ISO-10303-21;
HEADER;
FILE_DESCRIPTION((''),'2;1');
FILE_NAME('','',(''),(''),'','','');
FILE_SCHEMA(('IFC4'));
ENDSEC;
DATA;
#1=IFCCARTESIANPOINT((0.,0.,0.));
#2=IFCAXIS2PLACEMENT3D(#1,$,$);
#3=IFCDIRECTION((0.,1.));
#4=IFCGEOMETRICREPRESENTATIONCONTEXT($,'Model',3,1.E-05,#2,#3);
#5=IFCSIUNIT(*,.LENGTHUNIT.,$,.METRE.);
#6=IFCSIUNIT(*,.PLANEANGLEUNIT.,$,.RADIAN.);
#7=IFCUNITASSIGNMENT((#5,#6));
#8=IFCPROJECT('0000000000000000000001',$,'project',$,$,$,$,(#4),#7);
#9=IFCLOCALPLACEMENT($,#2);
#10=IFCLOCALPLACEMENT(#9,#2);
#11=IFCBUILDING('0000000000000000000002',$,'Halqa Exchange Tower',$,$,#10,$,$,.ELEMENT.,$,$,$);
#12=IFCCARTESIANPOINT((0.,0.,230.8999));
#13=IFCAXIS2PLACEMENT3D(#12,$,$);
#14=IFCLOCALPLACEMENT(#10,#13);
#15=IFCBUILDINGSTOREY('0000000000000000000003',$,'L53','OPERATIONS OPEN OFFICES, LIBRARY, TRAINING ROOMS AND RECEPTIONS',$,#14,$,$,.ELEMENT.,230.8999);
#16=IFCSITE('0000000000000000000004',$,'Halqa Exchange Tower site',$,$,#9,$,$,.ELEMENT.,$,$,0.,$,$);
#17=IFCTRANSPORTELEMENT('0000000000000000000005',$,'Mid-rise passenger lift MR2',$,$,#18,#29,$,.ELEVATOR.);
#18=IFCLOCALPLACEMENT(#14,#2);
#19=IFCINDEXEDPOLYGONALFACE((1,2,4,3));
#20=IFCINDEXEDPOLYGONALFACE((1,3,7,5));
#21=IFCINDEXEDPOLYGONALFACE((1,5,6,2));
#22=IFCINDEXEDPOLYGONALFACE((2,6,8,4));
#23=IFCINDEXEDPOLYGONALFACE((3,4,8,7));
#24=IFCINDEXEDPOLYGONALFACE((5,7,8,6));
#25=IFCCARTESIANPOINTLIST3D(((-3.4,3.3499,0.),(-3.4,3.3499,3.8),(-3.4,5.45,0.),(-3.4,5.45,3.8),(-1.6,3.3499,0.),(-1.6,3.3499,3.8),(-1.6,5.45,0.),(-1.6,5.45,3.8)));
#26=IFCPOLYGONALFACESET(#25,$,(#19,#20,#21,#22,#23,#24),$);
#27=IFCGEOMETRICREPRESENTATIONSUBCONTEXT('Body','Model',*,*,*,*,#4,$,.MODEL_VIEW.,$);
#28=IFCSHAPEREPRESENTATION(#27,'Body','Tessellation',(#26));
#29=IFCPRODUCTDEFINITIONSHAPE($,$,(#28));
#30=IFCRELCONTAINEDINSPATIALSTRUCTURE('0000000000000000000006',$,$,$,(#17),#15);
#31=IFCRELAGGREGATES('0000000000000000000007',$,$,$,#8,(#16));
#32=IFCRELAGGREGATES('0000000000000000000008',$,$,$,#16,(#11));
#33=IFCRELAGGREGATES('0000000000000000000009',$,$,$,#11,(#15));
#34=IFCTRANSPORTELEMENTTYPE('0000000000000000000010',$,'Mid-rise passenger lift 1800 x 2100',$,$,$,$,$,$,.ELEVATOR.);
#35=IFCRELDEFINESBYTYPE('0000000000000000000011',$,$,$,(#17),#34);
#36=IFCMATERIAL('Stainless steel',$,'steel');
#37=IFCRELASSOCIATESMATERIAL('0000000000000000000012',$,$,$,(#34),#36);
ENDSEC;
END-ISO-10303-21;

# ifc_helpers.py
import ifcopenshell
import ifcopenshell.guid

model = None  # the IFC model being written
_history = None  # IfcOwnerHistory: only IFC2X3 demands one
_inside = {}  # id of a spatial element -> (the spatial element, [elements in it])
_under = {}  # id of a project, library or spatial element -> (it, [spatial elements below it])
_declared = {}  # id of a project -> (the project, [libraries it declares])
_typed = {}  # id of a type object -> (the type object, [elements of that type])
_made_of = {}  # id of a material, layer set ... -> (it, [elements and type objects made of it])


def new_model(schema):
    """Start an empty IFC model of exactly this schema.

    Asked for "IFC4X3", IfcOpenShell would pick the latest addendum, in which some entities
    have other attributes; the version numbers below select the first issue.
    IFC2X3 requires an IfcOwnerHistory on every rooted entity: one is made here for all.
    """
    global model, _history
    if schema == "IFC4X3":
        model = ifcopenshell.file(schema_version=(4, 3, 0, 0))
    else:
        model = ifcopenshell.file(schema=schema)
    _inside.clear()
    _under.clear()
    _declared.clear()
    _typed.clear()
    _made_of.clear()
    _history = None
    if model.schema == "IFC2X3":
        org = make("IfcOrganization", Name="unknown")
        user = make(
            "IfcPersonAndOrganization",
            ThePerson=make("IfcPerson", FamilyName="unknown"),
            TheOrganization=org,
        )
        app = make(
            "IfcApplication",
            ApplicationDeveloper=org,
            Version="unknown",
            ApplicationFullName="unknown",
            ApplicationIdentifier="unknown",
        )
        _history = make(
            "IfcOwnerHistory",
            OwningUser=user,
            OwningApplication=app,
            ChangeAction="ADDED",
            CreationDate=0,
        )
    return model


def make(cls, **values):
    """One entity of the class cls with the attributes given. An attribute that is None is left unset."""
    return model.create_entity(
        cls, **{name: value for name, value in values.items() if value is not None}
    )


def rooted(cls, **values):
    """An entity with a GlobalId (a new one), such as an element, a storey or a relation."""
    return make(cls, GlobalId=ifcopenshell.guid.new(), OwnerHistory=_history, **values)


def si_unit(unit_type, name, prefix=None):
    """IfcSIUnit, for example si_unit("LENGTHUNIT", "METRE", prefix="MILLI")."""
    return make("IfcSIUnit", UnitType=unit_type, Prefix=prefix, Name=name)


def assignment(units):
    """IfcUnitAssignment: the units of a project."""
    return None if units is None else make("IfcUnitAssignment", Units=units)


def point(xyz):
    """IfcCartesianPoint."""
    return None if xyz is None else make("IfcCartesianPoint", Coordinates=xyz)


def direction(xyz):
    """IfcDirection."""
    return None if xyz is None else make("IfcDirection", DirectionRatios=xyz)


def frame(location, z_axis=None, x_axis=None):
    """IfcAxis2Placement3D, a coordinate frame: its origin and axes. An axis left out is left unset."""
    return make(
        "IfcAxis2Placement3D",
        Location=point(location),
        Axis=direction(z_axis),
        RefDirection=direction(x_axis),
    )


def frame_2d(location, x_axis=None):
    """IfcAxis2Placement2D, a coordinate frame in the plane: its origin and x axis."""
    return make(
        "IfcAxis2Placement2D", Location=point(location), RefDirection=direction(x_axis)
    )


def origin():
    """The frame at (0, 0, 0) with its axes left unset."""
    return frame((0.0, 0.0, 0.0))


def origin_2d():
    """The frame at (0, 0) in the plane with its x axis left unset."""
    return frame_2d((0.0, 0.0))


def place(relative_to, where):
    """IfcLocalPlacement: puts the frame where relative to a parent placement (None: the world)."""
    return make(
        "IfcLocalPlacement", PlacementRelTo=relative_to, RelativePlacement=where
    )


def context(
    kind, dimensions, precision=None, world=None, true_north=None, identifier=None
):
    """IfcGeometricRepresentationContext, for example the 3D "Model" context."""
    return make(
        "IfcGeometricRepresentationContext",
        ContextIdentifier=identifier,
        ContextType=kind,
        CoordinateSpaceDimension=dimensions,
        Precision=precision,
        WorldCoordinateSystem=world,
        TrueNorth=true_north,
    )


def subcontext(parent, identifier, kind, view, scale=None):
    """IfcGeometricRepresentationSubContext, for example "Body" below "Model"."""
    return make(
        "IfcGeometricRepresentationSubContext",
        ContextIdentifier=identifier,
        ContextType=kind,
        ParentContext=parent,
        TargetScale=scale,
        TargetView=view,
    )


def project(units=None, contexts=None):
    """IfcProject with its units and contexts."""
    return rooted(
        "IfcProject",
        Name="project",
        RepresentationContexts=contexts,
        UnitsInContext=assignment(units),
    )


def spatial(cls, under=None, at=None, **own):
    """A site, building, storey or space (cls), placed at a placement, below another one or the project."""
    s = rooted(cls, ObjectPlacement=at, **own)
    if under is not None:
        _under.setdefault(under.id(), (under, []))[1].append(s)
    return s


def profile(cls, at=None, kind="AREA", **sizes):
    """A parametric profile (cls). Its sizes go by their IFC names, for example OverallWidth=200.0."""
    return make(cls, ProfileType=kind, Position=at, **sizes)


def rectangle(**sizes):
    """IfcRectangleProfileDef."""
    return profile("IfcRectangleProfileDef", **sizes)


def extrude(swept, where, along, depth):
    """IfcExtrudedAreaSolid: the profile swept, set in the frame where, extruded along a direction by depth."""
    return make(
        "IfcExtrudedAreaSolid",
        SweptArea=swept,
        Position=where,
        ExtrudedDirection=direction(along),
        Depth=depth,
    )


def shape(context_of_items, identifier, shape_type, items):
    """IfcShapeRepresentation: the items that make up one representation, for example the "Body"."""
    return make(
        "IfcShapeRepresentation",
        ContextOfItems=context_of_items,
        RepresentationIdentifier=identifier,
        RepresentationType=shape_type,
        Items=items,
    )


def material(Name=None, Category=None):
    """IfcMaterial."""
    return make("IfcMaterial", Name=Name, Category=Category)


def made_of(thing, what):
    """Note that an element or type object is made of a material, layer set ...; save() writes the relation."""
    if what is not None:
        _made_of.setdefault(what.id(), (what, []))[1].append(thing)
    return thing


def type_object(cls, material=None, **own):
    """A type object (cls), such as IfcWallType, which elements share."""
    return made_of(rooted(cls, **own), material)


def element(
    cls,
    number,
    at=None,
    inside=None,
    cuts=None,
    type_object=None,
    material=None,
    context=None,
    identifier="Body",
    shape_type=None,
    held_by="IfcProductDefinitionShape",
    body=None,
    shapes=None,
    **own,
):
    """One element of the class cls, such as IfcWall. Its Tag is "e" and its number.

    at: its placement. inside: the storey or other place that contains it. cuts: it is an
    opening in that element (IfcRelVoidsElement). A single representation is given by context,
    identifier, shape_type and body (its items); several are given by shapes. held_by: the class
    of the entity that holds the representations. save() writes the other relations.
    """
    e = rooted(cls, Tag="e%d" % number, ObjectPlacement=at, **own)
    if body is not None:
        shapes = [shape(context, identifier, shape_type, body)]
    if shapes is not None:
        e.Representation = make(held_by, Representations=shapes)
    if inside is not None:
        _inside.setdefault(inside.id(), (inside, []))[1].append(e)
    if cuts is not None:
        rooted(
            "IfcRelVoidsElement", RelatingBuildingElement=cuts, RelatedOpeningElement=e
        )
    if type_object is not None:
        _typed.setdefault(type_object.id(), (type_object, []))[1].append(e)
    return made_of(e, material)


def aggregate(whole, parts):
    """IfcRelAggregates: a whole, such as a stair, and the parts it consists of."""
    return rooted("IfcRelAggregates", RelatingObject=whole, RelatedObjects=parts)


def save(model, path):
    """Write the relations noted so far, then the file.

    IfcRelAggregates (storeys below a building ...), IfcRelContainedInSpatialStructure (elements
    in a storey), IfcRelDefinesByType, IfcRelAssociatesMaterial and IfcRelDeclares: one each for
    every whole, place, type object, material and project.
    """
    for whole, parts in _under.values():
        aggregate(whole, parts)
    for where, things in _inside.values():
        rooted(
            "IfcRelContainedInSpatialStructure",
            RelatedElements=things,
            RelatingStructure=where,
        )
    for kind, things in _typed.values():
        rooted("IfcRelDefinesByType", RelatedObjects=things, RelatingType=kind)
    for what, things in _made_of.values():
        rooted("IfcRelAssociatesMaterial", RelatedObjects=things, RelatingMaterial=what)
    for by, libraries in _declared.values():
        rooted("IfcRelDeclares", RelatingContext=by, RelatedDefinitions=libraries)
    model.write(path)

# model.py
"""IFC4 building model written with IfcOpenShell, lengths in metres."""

from ifc_helpers import new_model, si_unit, direction, frame, origin, origin_2d, place, context, subcontext, project, spatial, rectangle, extrude, material, type_object, element, save


model = new_model("IFC4")

# Units and contexts
model_context = context("Model", 3, precision=1e-05, world=origin(), true_north=direction((0.0, 1.0)))
body_context = subcontext(model_context, "Body", "Model", "MODEL_VIEW")
ifc_project = project(units=[si_unit("LENGTHUNIT", "METRE"), si_unit("PLANEANGLEUNIT", "RADIAN")], contexts=[model_context])

# Site, building, storey
site_placement = place(None, origin())
site = spatial("IfcSite", under=ifc_project, at=site_placement, Name="Halqa Exchange Tower site", CompositionType="ELEMENT", RefElevation=0.0)
building_placement = place(site_placement, origin())
building = spatial("IfcBuilding", under=site, at=building_placement, Name="Halqa Exchange Tower", CompositionType="ELEMENT")
storey_placement = place(building_placement, frame((0.0, 0.0, 230.8999)))
storey = spatial("IfcBuildingStorey", under=building, at=storey_placement, Name="L53", Description="OPERATIONS OPEN OFFICES, LIBRARY, TRAINING ROOMS AND RECEPTIONS", CompositionType="ELEMENT", Elevation=230.8999)

# Shared definitions
ifc_material_1 = material(Name="Stainless steel", Category="steel")

# Transport element
transport_element_type_1 = type_object("IfcTransportElementType", Name="Mid-rise passenger lift 1800 x 2100", PredefinedType="ELEVATOR", material=ifc_material_1)
for number, where, z_axis, x_axis, name in (
    (1, (-2.5, 4.3999, 0.0), (0.0, 0.0, 1.0), (1.0, 0.0, 0.0), "Mid-rise passenger lift MR2"),
):
    element("IfcTransportElement", number, at=place(storey_placement, frame(where, z_axis=z_axis, x_axis=x_axis)), inside=storey, type_object=transport_element_type_1, Name=name, PredefinedType="ELEVATOR", context=body_context, shape_type="SweptSolid", body=[
        extrude(rectangle(XDim=1.8, YDim=2.1001, at=origin_2d()), origin(), (0.0, 0.0, 1.0), 3.8),
    ])

save(model, "model.ifc")
